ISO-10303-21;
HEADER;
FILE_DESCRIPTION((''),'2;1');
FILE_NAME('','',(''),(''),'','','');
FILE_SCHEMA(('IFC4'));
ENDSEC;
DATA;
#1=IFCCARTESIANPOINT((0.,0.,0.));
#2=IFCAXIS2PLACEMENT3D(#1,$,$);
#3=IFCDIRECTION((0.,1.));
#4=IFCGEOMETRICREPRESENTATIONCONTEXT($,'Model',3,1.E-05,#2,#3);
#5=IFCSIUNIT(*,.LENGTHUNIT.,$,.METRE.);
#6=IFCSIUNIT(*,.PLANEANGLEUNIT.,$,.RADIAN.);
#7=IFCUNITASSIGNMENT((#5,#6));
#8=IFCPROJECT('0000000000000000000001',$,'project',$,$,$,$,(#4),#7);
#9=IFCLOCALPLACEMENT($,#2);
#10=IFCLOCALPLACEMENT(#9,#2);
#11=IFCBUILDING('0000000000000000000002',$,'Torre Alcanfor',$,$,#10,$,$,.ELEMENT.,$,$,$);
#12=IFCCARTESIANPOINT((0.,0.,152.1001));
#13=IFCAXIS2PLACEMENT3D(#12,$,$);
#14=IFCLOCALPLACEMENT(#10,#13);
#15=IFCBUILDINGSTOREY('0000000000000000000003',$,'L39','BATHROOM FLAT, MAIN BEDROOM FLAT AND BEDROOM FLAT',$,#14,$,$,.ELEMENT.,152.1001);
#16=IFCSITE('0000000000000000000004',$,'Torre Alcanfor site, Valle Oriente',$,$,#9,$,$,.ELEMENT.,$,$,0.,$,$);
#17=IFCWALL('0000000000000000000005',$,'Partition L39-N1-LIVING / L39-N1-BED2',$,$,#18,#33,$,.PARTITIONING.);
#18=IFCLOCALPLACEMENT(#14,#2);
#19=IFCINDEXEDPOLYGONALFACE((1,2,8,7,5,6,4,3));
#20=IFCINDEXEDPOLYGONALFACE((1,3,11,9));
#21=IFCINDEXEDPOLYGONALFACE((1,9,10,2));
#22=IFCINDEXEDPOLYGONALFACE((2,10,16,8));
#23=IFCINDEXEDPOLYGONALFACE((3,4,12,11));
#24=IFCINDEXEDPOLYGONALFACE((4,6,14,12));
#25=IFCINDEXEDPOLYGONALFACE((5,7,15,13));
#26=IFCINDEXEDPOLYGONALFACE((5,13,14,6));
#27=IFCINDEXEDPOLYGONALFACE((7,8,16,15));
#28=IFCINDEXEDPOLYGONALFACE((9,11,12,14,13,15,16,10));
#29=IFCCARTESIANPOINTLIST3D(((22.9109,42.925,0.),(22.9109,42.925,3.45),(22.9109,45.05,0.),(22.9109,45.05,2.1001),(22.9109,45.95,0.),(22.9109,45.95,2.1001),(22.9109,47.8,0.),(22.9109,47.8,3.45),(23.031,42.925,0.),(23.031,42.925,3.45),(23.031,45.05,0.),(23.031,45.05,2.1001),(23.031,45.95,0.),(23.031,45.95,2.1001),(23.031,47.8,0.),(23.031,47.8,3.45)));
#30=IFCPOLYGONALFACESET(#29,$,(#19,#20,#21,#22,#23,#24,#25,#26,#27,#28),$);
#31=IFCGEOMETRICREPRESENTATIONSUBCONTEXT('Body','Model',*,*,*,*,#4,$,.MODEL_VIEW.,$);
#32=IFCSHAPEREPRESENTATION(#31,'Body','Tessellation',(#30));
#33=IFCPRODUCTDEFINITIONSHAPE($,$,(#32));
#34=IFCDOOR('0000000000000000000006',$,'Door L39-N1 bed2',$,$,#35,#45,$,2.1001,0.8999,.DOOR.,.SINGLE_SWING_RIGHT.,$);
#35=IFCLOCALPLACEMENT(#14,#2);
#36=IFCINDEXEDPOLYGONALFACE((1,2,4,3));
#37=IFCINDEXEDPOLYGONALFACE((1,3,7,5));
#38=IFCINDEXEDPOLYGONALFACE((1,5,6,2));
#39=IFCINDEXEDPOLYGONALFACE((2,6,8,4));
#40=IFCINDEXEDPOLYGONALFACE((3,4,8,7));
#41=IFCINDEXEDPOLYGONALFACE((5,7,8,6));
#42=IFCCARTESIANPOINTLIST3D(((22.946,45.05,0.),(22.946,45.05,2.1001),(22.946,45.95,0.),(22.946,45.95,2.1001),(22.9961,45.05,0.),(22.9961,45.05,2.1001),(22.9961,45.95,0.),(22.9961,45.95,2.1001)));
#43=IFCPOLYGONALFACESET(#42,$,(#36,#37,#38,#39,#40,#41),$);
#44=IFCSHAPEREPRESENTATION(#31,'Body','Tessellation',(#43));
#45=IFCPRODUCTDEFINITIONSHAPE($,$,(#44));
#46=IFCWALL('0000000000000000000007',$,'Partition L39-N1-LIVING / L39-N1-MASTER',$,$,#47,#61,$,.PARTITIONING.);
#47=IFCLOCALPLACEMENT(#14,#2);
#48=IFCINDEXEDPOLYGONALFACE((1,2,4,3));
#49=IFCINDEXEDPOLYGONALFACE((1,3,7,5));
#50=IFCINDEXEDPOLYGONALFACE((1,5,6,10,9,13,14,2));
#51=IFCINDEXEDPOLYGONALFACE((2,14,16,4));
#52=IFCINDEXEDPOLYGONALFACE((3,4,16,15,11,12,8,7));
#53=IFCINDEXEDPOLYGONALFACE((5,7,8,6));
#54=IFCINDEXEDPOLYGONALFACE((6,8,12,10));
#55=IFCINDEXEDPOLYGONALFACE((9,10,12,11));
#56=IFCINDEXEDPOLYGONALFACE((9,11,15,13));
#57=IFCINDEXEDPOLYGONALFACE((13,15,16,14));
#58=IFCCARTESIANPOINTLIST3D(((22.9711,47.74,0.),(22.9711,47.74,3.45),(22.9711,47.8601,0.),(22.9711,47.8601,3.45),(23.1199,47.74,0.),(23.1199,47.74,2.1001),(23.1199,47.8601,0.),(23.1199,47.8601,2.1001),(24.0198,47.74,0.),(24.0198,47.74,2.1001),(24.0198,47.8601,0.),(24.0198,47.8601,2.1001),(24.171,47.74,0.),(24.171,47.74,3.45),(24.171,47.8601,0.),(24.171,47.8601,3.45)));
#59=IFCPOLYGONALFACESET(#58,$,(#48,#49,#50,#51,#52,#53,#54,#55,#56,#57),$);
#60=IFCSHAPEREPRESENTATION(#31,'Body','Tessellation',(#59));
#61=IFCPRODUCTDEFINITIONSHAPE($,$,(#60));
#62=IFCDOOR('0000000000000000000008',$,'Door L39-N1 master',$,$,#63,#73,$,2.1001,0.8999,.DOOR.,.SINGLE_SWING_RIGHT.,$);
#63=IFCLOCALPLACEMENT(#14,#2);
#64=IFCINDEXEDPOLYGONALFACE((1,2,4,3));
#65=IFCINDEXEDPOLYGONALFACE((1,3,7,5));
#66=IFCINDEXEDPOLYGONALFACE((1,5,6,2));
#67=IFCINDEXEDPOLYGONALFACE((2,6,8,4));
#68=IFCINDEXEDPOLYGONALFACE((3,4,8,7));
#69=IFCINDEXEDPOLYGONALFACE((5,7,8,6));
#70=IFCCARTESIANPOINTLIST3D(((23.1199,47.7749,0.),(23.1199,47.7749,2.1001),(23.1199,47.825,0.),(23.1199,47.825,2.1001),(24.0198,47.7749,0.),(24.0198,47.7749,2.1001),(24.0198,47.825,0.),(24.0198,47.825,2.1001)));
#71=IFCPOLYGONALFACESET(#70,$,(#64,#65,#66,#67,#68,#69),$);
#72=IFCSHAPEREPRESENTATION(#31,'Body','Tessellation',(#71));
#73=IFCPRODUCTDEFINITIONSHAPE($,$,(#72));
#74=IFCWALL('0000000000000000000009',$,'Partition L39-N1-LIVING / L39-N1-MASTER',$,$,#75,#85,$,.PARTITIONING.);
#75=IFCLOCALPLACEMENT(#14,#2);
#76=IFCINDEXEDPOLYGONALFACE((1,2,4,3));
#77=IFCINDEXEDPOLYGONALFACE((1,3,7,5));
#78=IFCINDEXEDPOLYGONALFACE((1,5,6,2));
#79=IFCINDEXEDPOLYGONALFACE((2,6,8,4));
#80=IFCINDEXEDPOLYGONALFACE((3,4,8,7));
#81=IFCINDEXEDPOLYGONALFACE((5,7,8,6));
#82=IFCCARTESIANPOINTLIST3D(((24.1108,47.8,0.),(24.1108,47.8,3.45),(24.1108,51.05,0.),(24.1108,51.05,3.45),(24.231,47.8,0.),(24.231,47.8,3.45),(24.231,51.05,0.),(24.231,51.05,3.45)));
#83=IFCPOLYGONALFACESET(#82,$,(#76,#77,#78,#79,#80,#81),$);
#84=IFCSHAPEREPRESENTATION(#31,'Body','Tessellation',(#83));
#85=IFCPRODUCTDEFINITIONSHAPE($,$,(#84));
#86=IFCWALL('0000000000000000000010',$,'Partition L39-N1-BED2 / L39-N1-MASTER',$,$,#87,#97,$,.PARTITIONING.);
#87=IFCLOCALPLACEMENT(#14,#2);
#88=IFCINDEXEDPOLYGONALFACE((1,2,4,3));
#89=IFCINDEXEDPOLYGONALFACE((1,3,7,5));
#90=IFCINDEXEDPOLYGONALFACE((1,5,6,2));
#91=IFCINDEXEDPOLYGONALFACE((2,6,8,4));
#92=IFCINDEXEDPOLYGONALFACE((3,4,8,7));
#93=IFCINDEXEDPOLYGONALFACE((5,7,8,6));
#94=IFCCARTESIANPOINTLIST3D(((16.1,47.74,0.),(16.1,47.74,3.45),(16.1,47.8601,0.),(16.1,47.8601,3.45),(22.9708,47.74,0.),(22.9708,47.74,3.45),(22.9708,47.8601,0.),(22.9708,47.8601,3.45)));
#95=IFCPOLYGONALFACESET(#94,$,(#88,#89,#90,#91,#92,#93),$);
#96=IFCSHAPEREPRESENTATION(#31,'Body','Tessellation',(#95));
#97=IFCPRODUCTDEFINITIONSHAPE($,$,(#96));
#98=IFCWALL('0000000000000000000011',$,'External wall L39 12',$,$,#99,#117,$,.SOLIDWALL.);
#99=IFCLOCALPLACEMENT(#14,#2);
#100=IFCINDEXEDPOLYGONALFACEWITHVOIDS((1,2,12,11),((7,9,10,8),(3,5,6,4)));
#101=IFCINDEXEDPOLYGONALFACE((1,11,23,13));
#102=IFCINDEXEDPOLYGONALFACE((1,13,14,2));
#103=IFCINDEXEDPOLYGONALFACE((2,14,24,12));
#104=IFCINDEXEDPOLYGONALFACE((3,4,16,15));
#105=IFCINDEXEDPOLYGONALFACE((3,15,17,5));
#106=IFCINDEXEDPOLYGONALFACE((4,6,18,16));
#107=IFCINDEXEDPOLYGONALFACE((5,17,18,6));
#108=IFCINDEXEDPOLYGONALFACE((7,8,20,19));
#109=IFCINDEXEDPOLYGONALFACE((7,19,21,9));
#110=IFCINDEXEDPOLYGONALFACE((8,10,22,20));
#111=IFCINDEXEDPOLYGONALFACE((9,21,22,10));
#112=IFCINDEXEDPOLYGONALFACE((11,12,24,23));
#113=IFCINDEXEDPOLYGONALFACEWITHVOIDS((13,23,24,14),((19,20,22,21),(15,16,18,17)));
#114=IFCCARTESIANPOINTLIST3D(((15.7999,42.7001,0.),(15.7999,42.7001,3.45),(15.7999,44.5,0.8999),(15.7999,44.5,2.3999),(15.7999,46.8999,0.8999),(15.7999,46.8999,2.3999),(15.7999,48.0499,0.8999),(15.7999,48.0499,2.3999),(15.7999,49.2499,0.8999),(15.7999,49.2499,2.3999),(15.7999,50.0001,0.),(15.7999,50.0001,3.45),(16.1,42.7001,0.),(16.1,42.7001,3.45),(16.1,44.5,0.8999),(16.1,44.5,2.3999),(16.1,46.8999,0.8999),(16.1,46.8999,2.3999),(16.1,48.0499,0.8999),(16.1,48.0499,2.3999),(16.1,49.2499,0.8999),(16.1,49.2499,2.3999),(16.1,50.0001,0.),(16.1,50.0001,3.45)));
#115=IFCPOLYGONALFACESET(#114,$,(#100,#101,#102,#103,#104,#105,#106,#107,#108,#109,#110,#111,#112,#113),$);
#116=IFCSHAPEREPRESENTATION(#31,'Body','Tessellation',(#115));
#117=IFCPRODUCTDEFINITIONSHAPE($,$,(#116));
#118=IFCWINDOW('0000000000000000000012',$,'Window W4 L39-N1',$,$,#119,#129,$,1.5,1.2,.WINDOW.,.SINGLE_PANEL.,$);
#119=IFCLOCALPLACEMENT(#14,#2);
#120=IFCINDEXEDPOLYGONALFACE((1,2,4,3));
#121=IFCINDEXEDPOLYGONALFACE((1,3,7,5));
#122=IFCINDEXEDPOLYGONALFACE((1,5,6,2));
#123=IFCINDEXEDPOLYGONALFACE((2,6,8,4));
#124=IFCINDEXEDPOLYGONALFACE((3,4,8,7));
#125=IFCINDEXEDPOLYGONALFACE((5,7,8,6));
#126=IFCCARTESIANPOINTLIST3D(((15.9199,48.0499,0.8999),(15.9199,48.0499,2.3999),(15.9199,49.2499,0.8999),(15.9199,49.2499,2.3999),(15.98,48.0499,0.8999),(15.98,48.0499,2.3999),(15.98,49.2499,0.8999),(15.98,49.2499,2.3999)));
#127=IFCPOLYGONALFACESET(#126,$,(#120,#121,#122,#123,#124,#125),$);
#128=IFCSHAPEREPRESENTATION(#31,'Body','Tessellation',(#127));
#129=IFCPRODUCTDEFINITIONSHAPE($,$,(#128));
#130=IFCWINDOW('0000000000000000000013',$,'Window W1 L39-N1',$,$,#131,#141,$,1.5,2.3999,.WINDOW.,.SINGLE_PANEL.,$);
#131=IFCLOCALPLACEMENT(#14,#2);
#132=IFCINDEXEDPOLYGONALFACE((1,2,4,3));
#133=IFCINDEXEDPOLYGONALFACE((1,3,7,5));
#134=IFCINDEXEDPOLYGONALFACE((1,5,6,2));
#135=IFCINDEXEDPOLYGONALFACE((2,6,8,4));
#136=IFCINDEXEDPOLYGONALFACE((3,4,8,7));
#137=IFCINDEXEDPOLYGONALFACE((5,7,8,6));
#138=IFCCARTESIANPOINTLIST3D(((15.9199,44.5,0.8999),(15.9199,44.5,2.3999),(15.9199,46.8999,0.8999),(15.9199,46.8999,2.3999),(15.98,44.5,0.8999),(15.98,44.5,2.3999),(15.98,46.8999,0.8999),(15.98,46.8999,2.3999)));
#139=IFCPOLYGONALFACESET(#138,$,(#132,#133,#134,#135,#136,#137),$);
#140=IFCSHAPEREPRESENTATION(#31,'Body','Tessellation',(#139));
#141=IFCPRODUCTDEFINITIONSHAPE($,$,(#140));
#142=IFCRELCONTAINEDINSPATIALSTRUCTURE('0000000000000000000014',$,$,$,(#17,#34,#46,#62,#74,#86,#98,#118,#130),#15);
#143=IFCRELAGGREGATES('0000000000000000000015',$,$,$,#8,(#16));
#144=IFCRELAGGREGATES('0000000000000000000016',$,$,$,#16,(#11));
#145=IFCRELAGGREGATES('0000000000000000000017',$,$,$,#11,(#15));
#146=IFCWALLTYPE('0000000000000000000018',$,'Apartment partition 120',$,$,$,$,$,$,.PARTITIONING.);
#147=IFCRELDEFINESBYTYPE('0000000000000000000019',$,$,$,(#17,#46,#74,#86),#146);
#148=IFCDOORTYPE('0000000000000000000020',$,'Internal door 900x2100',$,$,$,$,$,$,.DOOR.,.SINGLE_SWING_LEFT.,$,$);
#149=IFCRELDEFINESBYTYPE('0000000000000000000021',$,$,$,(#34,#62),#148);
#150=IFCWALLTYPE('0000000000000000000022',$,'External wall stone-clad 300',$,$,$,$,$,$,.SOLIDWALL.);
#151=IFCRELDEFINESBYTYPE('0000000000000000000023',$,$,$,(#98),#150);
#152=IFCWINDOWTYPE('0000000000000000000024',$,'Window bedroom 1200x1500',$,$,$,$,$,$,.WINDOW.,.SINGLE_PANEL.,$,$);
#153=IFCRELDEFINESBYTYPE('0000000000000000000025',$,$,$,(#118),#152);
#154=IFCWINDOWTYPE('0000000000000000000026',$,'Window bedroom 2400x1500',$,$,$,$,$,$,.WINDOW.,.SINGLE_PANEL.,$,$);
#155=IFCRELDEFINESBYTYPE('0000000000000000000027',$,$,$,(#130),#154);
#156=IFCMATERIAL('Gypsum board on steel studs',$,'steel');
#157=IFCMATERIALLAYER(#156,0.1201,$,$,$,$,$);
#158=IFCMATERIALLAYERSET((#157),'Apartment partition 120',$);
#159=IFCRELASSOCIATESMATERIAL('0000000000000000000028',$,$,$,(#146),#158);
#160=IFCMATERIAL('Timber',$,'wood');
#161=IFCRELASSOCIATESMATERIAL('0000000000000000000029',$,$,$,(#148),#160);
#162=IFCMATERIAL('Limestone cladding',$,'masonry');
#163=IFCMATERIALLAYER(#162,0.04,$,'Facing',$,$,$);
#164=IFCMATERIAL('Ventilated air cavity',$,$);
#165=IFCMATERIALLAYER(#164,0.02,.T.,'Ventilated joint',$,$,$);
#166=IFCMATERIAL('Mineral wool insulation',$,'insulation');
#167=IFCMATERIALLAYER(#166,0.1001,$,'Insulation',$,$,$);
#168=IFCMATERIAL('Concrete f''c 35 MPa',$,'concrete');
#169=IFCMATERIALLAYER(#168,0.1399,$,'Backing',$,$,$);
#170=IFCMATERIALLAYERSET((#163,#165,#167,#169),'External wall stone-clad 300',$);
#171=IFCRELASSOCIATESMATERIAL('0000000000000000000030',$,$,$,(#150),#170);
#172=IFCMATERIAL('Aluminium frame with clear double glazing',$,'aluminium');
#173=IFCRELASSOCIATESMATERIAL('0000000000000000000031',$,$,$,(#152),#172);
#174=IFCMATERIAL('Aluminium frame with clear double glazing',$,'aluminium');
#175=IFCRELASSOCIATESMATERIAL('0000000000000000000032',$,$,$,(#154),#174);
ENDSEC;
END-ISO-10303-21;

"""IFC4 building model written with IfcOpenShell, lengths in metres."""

from ifc_helpers import new_model, si_unit, direction, frame, frame_2d, origin, place, context, subcontext, project, spatial, rectangle, extrude, material, layer, layer_set, type_object, element, fill, save


model = new_model("IFC4")

# Units and contexts
model_context = context("Model", 3, precision=1e-05, world=origin(), true_north=direction((0.0, 1.0)))
body_context = subcontext(model_context, "Body", "Model", "MODEL_VIEW")
ifc_project = project(units=[si_unit("LENGTHUNIT", "METRE"), si_unit("PLANEANGLEUNIT", "RADIAN")], contexts=[model_context])

# Site, building, storey
site_placement = place(None, origin())
site = spatial("IfcSite", under=ifc_project, at=site_placement, Name="Torre Alcanfor site, Valle Oriente", CompositionType="ELEMENT", RefElevation=0.0)
building_placement = place(site_placement, origin())
building = spatial("IfcBuilding", under=site, at=building_placement, Name="Torre Alcanfor", CompositionType="ELEMENT")
storey_placement = place(building_placement, frame((0.0, 0.0, 152.1001)))
storey = spatial("IfcBuildingStorey", under=building, at=storey_placement, Name="L39", Description="BATHROOM FLAT, MAIN BEDROOM FLAT AND BEDROOM FLAT", CompositionType="ELEMENT", Elevation=152.1001)

# Walls, openings, doors
ifc_material_1 = material(Name="Gypsum board on steel studs", Category="steel")
ifc_layer_1 = layer(ifc_material_1, 0.1201)
ifc_layer_set_1 = layer_set([ifc_layer_1], Name="Apartment partition 120")
wall_type_1 = type_object("IfcWallType", Name="Apartment partition 120", PredefinedType="PARTITIONING", material=ifc_layer_set_1)
wall_1_placement = place(storey_placement, frame((22.9709, 42.925, 0.0), z_axis=(0.0, 0.0, 1.0), x_axis=(0.0, 1.0, 0.0)))
wall_1 = element("IfcWall", 1, at=wall_1_placement, inside=storey, type_object=wall_type_1, Name="Partition L39-N1-LIVING / L39-N1-BED2", PredefinedType="PARTITIONING", context=body_context, shape_type="SweptSolid", body=[
    extrude(rectangle(XDim=4.875, YDim=0.1201, at=frame_2d((2.4375, 0.0))), origin(), (0.0, 0.0, 1.0), 3.45),
])
opening_1_placement = place(wall_1_placement, frame((2.125, 0.0, 0.0)))
opening_1 = element("IfcOpeningElement", 2, at=opening_1_placement, cuts=wall_1, PredefinedType="OPENING", context=body_context, shape_type="SweptSolid", body=[
    extrude(rectangle(XDim=0.8999, YDim=2.1001, at=frame_2d((0.45, 1.05))), frame((0.0, 0.0701, 0.0), z_axis=(0.0, -1.0, 0.0), x_axis=(1.0, 0.0, 0.0)), (0.0, 0.0, 1.0), 0.1401),
])
ifc_material_2 = material(Name="Timber", Category="wood")
door_type_1 = type_object("IfcDoorType", Name="Internal door 900x2100", OperationType="SINGLE_SWING_LEFT", PredefinedType="DOOR", material=ifc_material_2)
door_1_placement = place(opening_1_placement, origin())
door_1 = element("IfcDoor", 3, at=door_1_placement, inside=storey, type_object=door_type_1, Name="Door L39-N1 bed2", OperationType="SINGLE_SWING_RIGHT", OverallHeight=2.1001, OverallWidth=0.8999, PredefinedType="DOOR", context=body_context, shape_type="SweptSolid", body=[
    extrude(rectangle(XDim=0.8999, YDim=2.1001, at=frame_2d((0.45, 1.05))), frame((0.0, 0.0249, 0.0), z_axis=(0.0, -1.0, 0.0), x_axis=(1.0, 0.0, 0.0)), (0.0, 0.0, 1.0), 0.05),
])
fill(opening_1, door_1)
wall_2_placement = place(storey_placement, frame((22.9709, 47.8, 0.0), z_axis=(0.0, 0.0, 1.0), x_axis=(1.0, 0.0, 0.0)))
wall_2 = element("IfcWall", 4, at=wall_2_placement, inside=storey, type_object=wall_type_1, Name="Partition L39-N1-LIVING / L39-N1-MASTER", PredefinedType="PARTITIONING", context=body_context, shape_type="SweptSolid", body=[
    extrude(rectangle(XDim=1.2, YDim=0.1201, at=frame_2d((0.6001, 0.0))), origin(), (0.0, 0.0, 1.0), 3.45),
])
opening_2_placement = place(wall_2_placement, frame((0.1489, 0.0, 0.0)))
opening_2 = element("IfcOpeningElement", 5, at=opening_2_placement, cuts=wall_2, PredefinedType="OPENING", context=body_context, shape_type="SweptSolid", body=[
    extrude(rectangle(XDim=0.8999, YDim=2.1001, at=frame_2d((0.45, 1.05))), frame((0.0, 0.0701, 0.0), z_axis=(0.0, -1.0, 0.0), x_axis=(1.0, 0.0, 0.0)), (0.0, 0.0, 1.0), 0.1401),
])
door_2_placement = place(opening_2_placement, origin())
door_2 = element("IfcDoor", 6, at=door_2_placement, inside=storey, type_object=door_type_1, Name="Door L39-N1 master", OperationType="SINGLE_SWING_RIGHT", OverallHeight=2.1001, OverallWidth=0.8999, PredefinedType="DOOR", context=body_context, shape_type="SweptSolid", body=[
    extrude(rectangle(XDim=0.8999, YDim=2.1001, at=frame_2d((0.45, 1.05))), frame((0.0, 0.0249, 0.0), z_axis=(0.0, -1.0, 0.0), x_axis=(1.0, 0.0, 0.0)), (0.0, 0.0, 1.0), 0.05),
])
fill(opening_2, door_2)

# Walls
wall_3_placement = place(storey_placement, frame((24.1709, 47.8, 0.0), z_axis=(0.0, 0.0, 1.0), x_axis=(0.0, 1.0, 0.0)))
element("IfcWall", 7, at=wall_3_placement, inside=storey, type_object=wall_type_1, Name="Partition L39-N1-LIVING / L39-N1-MASTER", PredefinedType="PARTITIONING", context=body_context, shape_type="SweptSolid", body=[
    extrude(rectangle(XDim=3.25, YDim=0.1201, at=frame_2d((1.625, 0.0))), origin(), (0.0, 0.0, 1.0), 3.45),
])
wall_4_placement = place(storey_placement, frame((22.9709, 47.8, 0.0), z_axis=(0.0, 0.0, 1.0), x_axis=(-1.0, 0.0, 0.0)))
element("IfcWall", 8, at=wall_4_placement, inside=storey, type_object=wall_type_1, Name="Partition L39-N1-BED2 / L39-N1-MASTER", PredefinedType="PARTITIONING", context=body_context, shape_type="SweptSolid", body=[
    extrude(rectangle(XDim=6.8708, YDim=0.1201, at=frame_2d((3.4355, 0.0))), origin(), (0.0, 0.0, 1.0), 3.45),
])

# Wall, openings, windows
ifc_material_3 = material(Name="Limestone cladding", Category="masonry")
ifc_layer_2 = layer(ifc_material_3, 0.04, Name="Facing")
ifc_material_4 = material(Name="Ventilated air cavity")
ifc_layer_3 = layer(ifc_material_4, 0.02, ventilated=True, Name="Ventilated joint")
ifc_material_5 = material(Name="Mineral wool insulation", Category="insulation")
ifc_layer_4 = layer(ifc_material_5, 0.1001, Name="Insulation")
ifc_material_6 = material(Name="Concrete f'c 35 MPa", Category="concrete")
ifc_layer_5 = layer(ifc_material_6, 0.1399, Name="Backing")
ifc_layer_set_2 = layer_set([ifc_layer_2, ifc_layer_3, ifc_layer_4, ifc_layer_5], Name="External wall stone-clad 300")
wall_type_2 = type_object("IfcWallType", Name="External wall stone-clad 300", PredefinedType="SOLIDWALL", material=ifc_layer_set_2)
wall_5_placement = place(storey_placement, frame((15.95, 50.0, 0.0), z_axis=(0.0, 0.0, 1.0), x_axis=(0.0, -1.0, 0.0)))
wall_5 = element("IfcWall", 9, at=wall_5_placement, inside=storey, type_object=wall_type_2, Name="External wall L39 12", PredefinedType="SOLIDWALL", context=body_context, shape_type="SweptSolid", body=[
    extrude(rectangle(XDim=7.3, YDim=0.3, at=frame_2d((3.6499, 0.0))), origin(), (0.0, 0.0, 1.0), 3.45),
])
opening_3_placement = place(wall_5_placement, frame((3.1001, 0.0, 0.8999)))
opening_3 = element("IfcOpeningElement", 10, at=opening_3_placement, cuts=wall_5, PredefinedType="OPENING", context=body_context, shape_type="SweptSolid", body=[
    extrude(rectangle(XDim=2.3999, YDim=1.5, at=frame_2d((1.2, 0.75))), frame((0.0, 0.1599, 0.0), z_axis=(0.0, -1.0, 0.0), x_axis=(1.0, 0.0, 0.0)), (0.0, 0.0, 1.0), 0.3201),
])
opening_4_placement = place(wall_5_placement, frame((0.75, 0.0, 0.8999)))
opening_4 = element("IfcOpeningElement", 11, at=opening_4_placement, cuts=wall_5, PredefinedType="OPENING", context=body_context, shape_type="SweptSolid", body=[
    extrude(rectangle(XDim=1.2, YDim=1.5, at=frame_2d((0.6001, 0.75))), frame((0.0, 0.1599, 0.0), z_axis=(0.0, -1.0, 0.0), x_axis=(1.0, 0.0, 0.0)), (0.0, 0.0, 1.0), 0.3201),
])
ifc_material_7 = material(Name="Aluminium frame with clear double glazing", Category="aluminium")
window_type_1 = type_object("IfcWindowType", Name="Window bedroom 1200x1500", PartitioningType="SINGLE_PANEL", PredefinedType="WINDOW", material=ifc_material_7)
window_1_placement = place(opening_4_placement, origin())
window_1 = element("IfcWindow", 12, at=window_1_placement, inside=storey, type_object=window_type_1, Name="Window W4 L39-N1", OverallHeight=1.5, OverallWidth=1.2, PartitioningType="SINGLE_PANEL", PredefinedType="WINDOW", context=body_context, shape_type="SweptSolid", body=[
    extrude(rectangle(XDim=1.2, YDim=1.5, at=frame_2d((0.6001, 0.75))), frame((0.0, 0.03, 0.0), z_axis=(0.0, -1.0, 0.0), x_axis=(1.0, 0.0, 0.0)), (0.0, 0.0, 1.0), 0.0601),
])
fill(opening_4, window_1)
ifc_material_8 = material(Name="Aluminium frame with clear double glazing", Category="aluminium")
window_type_2 = type_object("IfcWindowType", Name="Window bedroom 2400x1500", PartitioningType="SINGLE_PANEL", PredefinedType="WINDOW", material=ifc_material_8)
window_2_placement = place(opening_3_placement, origin())
window_2 = element("IfcWindow", 13, at=window_2_placement, inside=storey, type_object=window_type_2, Name="Window W1 L39-N1", OverallHeight=1.5, OverallWidth=2.3999, PartitioningType="SINGLE_PANEL", PredefinedType="WINDOW", context=body_context, shape_type="SweptSolid", body=[
    extrude(rectangle(XDim=2.3999, YDim=1.5, at=frame_2d((1.2, 0.75))), frame((0.0, 0.03, 0.0), z_axis=(0.0, -1.0, 0.0), x_axis=(1.0, 0.0, 0.0)), (0.0, 0.0, 1.0), 0.0601),
])
fill(opening_3, window_2)

save(model, "model.ifc")
